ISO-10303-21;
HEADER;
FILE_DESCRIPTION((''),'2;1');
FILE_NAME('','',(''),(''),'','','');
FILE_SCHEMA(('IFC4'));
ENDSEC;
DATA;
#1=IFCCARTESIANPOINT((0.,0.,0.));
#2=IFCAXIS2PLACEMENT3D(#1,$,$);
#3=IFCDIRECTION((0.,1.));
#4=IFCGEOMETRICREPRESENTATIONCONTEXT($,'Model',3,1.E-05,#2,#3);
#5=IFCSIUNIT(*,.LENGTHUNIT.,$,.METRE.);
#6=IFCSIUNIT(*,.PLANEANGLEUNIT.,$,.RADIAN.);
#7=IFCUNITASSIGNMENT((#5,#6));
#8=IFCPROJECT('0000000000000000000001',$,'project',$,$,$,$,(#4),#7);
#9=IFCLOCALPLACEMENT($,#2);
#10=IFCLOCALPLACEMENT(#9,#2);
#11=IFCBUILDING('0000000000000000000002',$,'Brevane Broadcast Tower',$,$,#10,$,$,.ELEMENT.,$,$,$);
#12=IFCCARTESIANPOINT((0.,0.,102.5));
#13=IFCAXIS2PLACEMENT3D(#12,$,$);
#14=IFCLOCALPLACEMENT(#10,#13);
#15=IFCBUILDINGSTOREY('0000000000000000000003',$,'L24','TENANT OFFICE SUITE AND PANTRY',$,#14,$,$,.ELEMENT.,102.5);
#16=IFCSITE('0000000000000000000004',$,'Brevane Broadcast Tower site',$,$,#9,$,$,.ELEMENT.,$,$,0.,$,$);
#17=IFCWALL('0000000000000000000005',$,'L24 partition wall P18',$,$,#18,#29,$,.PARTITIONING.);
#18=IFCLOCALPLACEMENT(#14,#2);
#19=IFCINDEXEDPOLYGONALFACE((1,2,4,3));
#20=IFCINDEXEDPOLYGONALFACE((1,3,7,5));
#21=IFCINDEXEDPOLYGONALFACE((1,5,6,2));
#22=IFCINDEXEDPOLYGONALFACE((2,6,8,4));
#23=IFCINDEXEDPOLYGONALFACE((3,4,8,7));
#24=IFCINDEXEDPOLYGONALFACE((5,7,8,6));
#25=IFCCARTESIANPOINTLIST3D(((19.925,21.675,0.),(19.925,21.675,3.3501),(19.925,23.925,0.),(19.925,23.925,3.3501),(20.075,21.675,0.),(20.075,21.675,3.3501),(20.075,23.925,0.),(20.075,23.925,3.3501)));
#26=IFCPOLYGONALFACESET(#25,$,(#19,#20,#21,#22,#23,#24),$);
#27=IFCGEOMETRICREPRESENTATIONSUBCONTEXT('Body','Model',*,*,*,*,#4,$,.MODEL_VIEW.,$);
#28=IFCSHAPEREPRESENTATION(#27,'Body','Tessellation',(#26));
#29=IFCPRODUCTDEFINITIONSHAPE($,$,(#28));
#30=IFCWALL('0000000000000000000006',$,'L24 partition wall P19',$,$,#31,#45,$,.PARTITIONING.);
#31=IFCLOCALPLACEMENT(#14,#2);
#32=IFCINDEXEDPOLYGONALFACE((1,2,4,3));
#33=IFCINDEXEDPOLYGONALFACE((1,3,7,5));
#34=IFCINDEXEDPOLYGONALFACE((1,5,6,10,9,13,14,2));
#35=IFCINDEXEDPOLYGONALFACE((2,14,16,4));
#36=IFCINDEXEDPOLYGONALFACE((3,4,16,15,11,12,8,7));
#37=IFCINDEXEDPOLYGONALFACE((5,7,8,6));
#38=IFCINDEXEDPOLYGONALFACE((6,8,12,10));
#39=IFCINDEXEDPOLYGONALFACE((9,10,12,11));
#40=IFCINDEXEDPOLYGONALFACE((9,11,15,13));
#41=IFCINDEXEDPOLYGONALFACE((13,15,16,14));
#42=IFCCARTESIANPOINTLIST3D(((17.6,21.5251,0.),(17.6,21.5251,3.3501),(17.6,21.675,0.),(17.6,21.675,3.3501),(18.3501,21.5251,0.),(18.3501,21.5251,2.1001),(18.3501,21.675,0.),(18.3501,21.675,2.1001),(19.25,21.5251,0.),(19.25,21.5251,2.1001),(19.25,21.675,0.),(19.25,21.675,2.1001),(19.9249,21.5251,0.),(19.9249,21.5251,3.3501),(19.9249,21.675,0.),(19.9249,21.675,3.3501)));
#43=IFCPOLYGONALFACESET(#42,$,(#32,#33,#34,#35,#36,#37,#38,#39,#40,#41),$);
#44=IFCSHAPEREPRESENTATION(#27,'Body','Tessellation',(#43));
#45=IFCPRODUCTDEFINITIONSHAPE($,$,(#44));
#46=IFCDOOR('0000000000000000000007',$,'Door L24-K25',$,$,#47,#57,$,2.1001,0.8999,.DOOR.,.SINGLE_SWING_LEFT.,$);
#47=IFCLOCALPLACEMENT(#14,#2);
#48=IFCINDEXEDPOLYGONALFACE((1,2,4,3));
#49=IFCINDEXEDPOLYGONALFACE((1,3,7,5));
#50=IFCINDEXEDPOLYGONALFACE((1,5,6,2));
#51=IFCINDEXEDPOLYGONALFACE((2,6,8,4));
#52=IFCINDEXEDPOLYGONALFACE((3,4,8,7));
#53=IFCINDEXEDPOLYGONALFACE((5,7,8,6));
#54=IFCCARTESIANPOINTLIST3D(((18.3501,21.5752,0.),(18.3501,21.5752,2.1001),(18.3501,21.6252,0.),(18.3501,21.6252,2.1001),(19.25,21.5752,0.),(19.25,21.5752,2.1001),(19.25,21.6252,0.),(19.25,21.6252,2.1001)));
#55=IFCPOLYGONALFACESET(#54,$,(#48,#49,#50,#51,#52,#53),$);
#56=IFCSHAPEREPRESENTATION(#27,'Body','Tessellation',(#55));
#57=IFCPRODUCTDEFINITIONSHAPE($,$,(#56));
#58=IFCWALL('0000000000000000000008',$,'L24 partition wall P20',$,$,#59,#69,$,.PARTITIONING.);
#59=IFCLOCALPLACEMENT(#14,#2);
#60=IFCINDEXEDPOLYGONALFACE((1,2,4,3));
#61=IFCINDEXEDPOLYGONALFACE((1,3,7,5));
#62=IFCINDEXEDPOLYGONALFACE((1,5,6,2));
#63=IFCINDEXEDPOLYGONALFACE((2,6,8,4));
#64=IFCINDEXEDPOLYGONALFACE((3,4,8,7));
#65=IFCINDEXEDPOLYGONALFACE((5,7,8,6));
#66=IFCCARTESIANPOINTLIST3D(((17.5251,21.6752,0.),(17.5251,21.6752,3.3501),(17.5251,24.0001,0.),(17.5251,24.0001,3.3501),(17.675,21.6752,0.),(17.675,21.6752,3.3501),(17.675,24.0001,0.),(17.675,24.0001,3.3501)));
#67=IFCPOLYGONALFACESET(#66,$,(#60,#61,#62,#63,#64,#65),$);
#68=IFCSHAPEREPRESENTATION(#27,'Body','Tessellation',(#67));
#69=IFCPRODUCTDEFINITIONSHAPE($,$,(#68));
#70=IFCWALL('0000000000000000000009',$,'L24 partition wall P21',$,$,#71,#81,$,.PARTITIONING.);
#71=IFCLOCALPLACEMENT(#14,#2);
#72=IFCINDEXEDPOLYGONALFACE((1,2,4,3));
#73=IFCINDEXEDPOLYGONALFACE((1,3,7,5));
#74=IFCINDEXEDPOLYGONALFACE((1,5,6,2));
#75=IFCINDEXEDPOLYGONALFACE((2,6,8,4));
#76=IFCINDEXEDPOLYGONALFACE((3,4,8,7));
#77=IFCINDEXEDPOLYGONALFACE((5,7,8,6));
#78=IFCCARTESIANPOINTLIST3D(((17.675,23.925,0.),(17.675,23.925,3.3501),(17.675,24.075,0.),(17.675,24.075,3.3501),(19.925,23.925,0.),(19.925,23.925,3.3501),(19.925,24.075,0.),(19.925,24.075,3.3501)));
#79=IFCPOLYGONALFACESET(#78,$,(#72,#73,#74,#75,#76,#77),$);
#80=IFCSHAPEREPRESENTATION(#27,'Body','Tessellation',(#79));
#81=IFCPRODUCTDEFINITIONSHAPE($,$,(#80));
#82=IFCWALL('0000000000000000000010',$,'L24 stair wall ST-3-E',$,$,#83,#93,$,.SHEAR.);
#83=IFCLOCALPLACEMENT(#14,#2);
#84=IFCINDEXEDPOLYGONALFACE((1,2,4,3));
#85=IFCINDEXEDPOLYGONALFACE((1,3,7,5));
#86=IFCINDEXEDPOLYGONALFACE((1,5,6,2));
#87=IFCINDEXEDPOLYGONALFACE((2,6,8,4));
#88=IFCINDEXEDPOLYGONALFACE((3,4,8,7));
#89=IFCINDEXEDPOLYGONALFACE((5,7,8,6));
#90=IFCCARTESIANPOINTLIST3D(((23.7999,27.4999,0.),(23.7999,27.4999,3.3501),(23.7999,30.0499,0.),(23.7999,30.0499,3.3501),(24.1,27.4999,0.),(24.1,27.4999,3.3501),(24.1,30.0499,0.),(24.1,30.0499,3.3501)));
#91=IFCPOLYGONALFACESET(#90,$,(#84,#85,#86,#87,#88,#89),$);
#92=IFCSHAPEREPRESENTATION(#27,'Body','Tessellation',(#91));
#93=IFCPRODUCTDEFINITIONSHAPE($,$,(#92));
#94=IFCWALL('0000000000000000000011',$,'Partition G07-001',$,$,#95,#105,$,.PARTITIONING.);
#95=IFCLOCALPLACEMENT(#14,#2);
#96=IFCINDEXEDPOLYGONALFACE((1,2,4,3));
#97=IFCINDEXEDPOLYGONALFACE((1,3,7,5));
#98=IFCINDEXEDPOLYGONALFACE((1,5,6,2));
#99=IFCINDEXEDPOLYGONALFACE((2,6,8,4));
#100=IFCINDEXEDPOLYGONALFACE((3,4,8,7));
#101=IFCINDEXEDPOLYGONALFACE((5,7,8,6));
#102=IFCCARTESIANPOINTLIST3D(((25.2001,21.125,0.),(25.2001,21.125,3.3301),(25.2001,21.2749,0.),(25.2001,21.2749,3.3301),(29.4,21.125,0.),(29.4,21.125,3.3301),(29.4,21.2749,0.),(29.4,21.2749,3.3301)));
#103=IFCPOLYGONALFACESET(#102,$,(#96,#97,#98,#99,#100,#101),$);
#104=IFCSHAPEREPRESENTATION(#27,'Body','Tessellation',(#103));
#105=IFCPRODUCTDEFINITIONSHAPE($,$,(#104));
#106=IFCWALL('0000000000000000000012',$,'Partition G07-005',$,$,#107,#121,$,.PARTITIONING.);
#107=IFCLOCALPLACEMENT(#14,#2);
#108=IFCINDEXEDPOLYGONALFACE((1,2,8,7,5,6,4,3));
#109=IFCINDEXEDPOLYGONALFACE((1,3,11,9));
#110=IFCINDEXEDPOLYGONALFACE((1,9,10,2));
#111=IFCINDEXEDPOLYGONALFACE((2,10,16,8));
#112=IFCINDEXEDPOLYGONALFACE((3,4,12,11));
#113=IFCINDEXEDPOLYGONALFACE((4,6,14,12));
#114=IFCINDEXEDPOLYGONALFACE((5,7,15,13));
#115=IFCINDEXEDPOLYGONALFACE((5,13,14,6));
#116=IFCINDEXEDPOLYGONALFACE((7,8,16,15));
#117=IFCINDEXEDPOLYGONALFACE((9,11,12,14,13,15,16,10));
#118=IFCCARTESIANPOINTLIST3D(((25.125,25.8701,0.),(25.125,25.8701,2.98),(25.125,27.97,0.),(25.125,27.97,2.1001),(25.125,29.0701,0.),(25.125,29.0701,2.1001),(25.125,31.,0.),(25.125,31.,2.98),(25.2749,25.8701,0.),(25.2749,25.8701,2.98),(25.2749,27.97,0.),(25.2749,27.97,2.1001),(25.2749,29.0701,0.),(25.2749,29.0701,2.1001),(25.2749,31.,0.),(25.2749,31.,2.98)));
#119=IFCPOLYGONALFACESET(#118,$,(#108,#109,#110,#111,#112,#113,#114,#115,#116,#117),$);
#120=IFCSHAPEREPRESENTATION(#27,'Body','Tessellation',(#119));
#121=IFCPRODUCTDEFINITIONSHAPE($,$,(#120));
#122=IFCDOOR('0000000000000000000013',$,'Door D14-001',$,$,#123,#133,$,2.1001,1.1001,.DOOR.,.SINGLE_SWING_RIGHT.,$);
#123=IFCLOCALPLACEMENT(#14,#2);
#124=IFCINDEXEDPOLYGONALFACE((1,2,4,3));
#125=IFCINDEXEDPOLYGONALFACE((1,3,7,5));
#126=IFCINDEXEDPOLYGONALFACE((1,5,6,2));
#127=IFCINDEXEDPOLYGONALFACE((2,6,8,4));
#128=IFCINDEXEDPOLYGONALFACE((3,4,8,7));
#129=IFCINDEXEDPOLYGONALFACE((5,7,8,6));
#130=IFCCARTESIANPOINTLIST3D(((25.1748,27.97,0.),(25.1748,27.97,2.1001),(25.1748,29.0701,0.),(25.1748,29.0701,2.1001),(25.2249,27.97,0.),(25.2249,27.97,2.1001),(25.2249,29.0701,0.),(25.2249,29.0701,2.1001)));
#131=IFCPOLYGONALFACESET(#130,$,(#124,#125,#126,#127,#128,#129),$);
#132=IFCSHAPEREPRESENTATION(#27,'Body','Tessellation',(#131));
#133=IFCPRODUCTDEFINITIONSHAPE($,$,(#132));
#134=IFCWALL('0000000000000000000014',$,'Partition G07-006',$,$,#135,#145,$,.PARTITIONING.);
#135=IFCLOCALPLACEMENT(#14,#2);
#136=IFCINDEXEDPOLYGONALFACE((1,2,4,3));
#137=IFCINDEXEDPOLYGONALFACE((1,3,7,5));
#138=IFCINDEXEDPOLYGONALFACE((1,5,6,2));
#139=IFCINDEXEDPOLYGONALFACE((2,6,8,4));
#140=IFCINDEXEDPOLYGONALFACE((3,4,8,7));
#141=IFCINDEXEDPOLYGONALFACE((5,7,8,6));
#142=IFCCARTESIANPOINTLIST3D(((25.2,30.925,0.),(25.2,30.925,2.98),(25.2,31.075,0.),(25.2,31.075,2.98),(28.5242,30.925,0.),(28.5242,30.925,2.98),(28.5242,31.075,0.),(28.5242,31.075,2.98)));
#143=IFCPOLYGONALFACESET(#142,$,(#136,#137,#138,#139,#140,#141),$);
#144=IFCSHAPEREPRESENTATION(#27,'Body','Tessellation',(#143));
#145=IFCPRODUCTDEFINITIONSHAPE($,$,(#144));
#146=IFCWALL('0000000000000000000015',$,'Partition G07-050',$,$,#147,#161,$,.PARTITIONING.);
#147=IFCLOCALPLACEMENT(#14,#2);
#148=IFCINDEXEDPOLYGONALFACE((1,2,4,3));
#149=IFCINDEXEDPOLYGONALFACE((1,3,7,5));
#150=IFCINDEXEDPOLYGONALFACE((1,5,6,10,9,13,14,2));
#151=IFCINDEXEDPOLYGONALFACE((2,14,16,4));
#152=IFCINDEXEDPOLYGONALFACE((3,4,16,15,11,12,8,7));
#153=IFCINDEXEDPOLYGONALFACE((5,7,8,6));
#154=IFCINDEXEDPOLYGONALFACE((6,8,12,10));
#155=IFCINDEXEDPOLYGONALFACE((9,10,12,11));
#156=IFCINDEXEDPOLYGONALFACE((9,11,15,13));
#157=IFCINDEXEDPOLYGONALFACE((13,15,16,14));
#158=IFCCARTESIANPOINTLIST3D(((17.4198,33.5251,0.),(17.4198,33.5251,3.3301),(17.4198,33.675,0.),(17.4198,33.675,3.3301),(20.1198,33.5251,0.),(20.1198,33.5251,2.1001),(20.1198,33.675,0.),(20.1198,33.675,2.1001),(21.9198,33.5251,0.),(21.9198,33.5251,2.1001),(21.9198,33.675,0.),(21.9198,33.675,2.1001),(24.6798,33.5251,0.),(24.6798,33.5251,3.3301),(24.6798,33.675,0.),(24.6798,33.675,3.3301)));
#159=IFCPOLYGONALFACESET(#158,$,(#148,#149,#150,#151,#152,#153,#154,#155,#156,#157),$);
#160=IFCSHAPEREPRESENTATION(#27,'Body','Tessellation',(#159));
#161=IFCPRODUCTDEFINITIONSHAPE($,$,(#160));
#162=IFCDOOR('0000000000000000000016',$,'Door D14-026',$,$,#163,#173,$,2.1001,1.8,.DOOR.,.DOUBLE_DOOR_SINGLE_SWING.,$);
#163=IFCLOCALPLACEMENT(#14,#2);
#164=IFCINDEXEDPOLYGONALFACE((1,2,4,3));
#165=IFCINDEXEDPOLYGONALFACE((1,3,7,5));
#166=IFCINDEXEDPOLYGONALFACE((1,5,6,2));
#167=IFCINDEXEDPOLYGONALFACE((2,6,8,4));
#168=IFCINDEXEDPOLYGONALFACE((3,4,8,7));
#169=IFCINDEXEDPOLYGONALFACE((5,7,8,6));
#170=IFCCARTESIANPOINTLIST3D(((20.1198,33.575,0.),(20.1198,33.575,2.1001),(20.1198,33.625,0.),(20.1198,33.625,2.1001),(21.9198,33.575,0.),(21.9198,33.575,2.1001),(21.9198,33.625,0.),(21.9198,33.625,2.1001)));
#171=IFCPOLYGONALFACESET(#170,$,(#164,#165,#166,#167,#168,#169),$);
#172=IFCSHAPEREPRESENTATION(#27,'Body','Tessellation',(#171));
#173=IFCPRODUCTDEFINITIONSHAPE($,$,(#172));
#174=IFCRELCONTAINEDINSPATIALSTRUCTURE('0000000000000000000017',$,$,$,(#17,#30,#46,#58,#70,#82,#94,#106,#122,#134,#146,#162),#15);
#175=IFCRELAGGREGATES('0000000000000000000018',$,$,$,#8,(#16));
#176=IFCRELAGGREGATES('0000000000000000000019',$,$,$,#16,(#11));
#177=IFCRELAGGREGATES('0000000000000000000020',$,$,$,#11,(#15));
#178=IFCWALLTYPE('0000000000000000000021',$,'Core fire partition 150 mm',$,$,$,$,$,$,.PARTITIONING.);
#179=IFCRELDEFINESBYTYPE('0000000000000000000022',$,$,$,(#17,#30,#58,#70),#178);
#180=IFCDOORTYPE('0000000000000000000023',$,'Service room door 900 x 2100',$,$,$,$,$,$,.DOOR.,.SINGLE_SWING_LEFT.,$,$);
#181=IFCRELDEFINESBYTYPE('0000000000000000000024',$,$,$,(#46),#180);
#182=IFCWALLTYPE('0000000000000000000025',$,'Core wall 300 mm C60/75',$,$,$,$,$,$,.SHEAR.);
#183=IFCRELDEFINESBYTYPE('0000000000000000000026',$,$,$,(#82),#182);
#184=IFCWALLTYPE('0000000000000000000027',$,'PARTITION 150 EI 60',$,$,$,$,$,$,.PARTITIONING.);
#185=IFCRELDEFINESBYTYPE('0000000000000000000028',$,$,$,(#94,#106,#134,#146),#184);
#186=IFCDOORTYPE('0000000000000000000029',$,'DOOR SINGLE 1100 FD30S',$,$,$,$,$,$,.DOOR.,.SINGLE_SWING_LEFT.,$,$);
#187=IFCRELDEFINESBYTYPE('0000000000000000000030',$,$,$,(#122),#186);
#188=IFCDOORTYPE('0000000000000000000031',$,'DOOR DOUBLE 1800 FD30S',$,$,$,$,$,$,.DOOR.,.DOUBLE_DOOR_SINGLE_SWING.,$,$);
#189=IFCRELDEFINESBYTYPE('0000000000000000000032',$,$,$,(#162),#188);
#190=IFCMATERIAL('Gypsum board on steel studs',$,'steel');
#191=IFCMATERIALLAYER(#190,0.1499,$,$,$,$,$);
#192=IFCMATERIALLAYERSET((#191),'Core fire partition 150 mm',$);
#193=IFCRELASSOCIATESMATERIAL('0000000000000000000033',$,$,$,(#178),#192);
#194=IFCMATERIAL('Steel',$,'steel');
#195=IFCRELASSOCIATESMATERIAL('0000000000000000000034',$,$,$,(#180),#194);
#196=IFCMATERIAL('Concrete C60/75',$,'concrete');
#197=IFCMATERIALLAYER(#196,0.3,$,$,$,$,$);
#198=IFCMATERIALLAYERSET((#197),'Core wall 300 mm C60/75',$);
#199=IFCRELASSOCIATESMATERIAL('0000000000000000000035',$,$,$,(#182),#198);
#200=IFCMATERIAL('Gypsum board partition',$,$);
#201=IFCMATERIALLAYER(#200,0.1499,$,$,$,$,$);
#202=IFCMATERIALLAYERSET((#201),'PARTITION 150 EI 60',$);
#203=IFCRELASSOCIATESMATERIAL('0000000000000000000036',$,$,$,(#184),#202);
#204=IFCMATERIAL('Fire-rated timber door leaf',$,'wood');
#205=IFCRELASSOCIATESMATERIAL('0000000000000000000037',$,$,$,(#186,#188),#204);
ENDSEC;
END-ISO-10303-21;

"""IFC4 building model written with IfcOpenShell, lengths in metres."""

from ifc_helpers import new_model, si_unit, direction, frame, frame_2d, origin, place, context, subcontext, project, spatial, polyline, rectangle, outline, extrude, material, layer, layer_set, type_object, element, fill, save


model = new_model("IFC4")

# Units and contexts
model_context = context("Model", 3, precision=1e-05, world=origin(), true_north=direction((0.0, 1.0)))
body_context = subcontext(model_context, "Body", "Model", "MODEL_VIEW")
ifc_project = project(units=[si_unit("LENGTHUNIT", "METRE"), si_unit("PLANEANGLEUNIT", "RADIAN")], contexts=[model_context])

# Site, building, storey
site_placement = place(None, origin())
site = spatial("IfcSite", under=ifc_project, at=site_placement, Name="Brevane Broadcast Tower site", CompositionType="ELEMENT", RefElevation=0.0)
building_placement = place(site_placement, origin())
building = spatial("IfcBuilding", under=site, at=building_placement, Name="Brevane Broadcast Tower", CompositionType="ELEMENT")
storey_placement = place(building_placement, frame((0.0, 0.0, 102.5)))
storey = spatial("IfcBuildingStorey", under=building, at=storey_placement, Name="L24", Description="TENANT OFFICE SUITE AND PANTRY", CompositionType="ELEMENT", Elevation=102.5)

# Shared definitions
ifc_material_1 = material(Name="Concrete C60/75", Category="concrete")

# Shared definitions
ifc_material_2 = material(Name="Gypsum board on steel studs", Category="steel")
ifc_layer_1 = layer(ifc_material_2, 0.1499)
ifc_layer_set_1 = layer_set([ifc_layer_1], Name="Core fire partition 150 mm")
wall_type_1 = type_object("IfcWallType", Name="Core fire partition 150 mm", PredefinedType="PARTITIONING", material=ifc_layer_set_1)

# Wall
wall_1_placement = place(storey_placement, frame((20.0, 21.675, 0.0), z_axis=(0.0, 0.0, 1.0), x_axis=(0.0, 1.0, 0.0)))
element("IfcWall", 1, at=wall_1_placement, inside=storey, type_object=wall_type_1, Name="L24 partition wall P18", PredefinedType="PARTITIONING", context=body_context, shape_type="SweptSolid", body=[
    extrude(rectangle(XDim=2.25, YDim=0.1499, at=frame_2d((1.125, 0.0))), origin(), (0.0, 0.0, 1.0), 3.3501),
])

# Wall, opening, door
wall_2_placement = place(storey_placement, frame((19.925, 21.6001, 0.0), z_axis=(0.0, 0.0, 1.0), x_axis=(-1.0, 0.0, 0.0)))
wall_2 = element("IfcWall", 2, at=wall_2_placement, inside=storey, type_object=wall_type_1, Name="L24 partition wall P19", PredefinedType="PARTITIONING", context=body_context, shape_type="SweptSolid", body=[
    extrude(rectangle(XDim=2.325, YDim=0.1499, at=frame_2d((1.1626, 0.0))), origin(), (0.0, 0.0, 1.0), 3.3501),
])
opening_1_placement = place(wall_2_placement, frame((0.675, 0.0, 0.0)))
opening_1 = element("IfcOpeningElement", 3, at=opening_1_placement, cuts=wall_2, PredefinedType="OPENING", context=body_context, shape_type="SweptSolid", body=[
    extrude(rectangle(XDim=0.8999, YDim=2.1001, at=frame_2d((0.45, 1.05))), frame((0.0, 0.085, 0.0), z_axis=(0.0, -1.0, 0.0), x_axis=(1.0, 0.0, 0.0)), (0.0, 0.0, 1.0), 0.1699),
])
ifc_material_3 = material(Name="Steel", Category="steel")
door_type_1 = type_object("IfcDoorType", Name="Service room door 900 x 2100", OperationType="SINGLE_SWING_LEFT", PredefinedType="DOOR", material=ifc_material_3)
door_1_placement = place(opening_1_placement, origin())
door_1 = element("IfcDoor", 4, at=door_1_placement, inside=storey, type_object=door_type_1, Name="Door L24-K25", OperationType="SINGLE_SWING_LEFT", OverallHeight=2.1001, OverallWidth=0.8999, PredefinedType="DOOR", context=body_context, shape_type="SweptSolid", body=[
    extrude(rectangle(XDim=0.8999, YDim=2.1001, at=frame_2d((0.45, 1.05))), frame((0.0, 0.0249, 0.0), z_axis=(0.0, -1.0, 0.0), x_axis=(1.0, 0.0, 0.0)), (0.0, 0.0, 1.0), 0.05),
])
fill(opening_1, door_1)

# Walls
wall_3_placement = place(storey_placement, frame((17.6001, 21.675, 0.0), z_axis=(0.0, 0.0, 1.0), x_axis=(0.0, 1.0, 0.0)))
element("IfcWall", 5, at=wall_3_placement, inside=storey, type_object=wall_type_1, Name="L24 partition wall P20", PredefinedType="PARTITIONING", context=body_context, shape_type="SweptSolid", body=[
    extrude(rectangle(XDim=2.325, YDim=0.1499, at=frame_2d((1.1626, 0.0))), origin(), (0.0, 0.0, 1.0), 3.3501),
])
wall_4_placement = place(storey_placement, frame((17.675, 24.0, 0.0), z_axis=(0.0, 0.0, 1.0), x_axis=(1.0, 0.0, 0.0)))
element("IfcWall", 6, at=wall_4_placement, inside=storey, type_object=wall_type_1, Name="L24 partition wall P21", PredefinedType="PARTITIONING", context=body_context, shape_type="SweptSolid", body=[
    extrude(rectangle(XDim=2.25, YDim=0.1499, at=frame_2d((1.125, 0.0))), origin(), (0.0, 0.0, 1.0), 3.3501),
])
ifc_layer_2 = layer(ifc_material_1, 0.3)
ifc_layer_set_2 = layer_set([ifc_layer_2], Name="Core wall 300 mm C60/75")
wall_type_2 = type_object("IfcWallType", Name="Core wall 300 mm C60/75", PredefinedType="SHEAR", material=ifc_layer_set_2)
wall_5_placement = place(storey_placement, frame((23.95, 27.5, 0.0), z_axis=(0.0, 0.0, 1.0), x_axis=(0.0, 1.0, 0.0)))
element("IfcWall", 7, at=wall_5_placement, inside=storey, type_object=wall_type_2, Name="L24 stair wall ST-3-E", PredefinedType="SHEAR", context=body_context, shape_type="SweptSolid", body=[
    extrude(rectangle(XDim=2.55, YDim=0.3, at=frame_2d((1.2749, 0.0))), origin(), (0.0, 0.0, 1.0), 3.3501),
])
ifc_material_4 = material(Name="Gypsum board partition")
ifc_layer_3 = layer(ifc_material_4, 0.1499)
ifc_layer_set_3 = layer_set([ifc_layer_3], Name="PARTITION 150 EI 60")
wall_type_3 = type_object("IfcWallType", Name="PARTITION 150 EI 60", PredefinedType="PARTITIONING", material=ifc_layer_set_3)
wall_6_placement = place(storey_placement, frame((25.2, 21.2, 0.0), z_axis=(0.0, 0.0, 1.0), x_axis=(1.0, 0.0, 0.0)))
element("IfcWall", 8, at=wall_6_placement, inside=storey, type_object=wall_type_3, Name="Partition G07-001", PredefinedType="PARTITIONING", context=body_context, shape_type="SweptSolid", body=[
    extrude(rectangle(XDim=4.2, YDim=0.1499, at=frame_2d((2.1001, 0.0))), origin(), (0.0, 0.0, 1.0), 3.3301),
])

# Wall, opening, door
wall_7_placement = place(storey_placement, frame((25.2, 31.0, 0.0), z_axis=(0.0, 0.0, 1.0), x_axis=(0.0, -1.0, 0.0)))
wall_7 = element("IfcWall", 9, at=wall_7_placement, inside=storey, type_object=wall_type_3, Name="Partition G07-005", PredefinedType="PARTITIONING", context=body_context, shape_type="SweptSolid", body=[
    extrude(outline(polyline([(0.0, 0.0), (5.1299, 0.0), (5.1299, 2.98), (0.0, 2.98), (0.0, 0.0)])), frame((0.0, 0.075, 0.0), z_axis=(0.0, -1.0, 0.0), x_axis=(1.0, 0.0, 0.0)), (0.0, 0.0, 1.0), 0.1499),
])
opening_2_placement = place(wall_7_placement, frame((1.9299, 0.0, 0.0)))
opening_2 = element("IfcOpeningElement", 10, at=opening_2_placement, cuts=wall_7, PredefinedType="OPENING", context=body_context, shape_type="SweptSolid", body=[
    extrude(rectangle(XDim=1.1001, YDim=2.1001, at=frame_2d((0.55, 1.05))), frame((0.0, 0.085, 0.0), z_axis=(0.0, -1.0, 0.0), x_axis=(1.0, 0.0, 0.0)), (0.0, 0.0, 1.0), 0.1699),
])
ifc_material_5 = material(Name="Fire-rated timber door leaf", Category="wood")
door_type_2 = type_object("IfcDoorType", Name="DOOR SINGLE 1100 FD30S", OperationType="SINGLE_SWING_LEFT", PredefinedType="DOOR", material=ifc_material_5)
door_2_placement = place(opening_2_placement, origin())
door_2 = element("IfcDoor", 11, at=door_2_placement, inside=storey, type_object=door_type_2, Name="Door D14-001", OperationType="SINGLE_SWING_RIGHT", OverallHeight=2.1001, OverallWidth=1.1001, PredefinedType="DOOR", context=body_context, shape_type="SweptSolid", body=[
    extrude(rectangle(XDim=1.1001, YDim=2.1001, at=frame_2d((0.55, 1.05))), frame((0.0, 0.0249, 0.0), z_axis=(0.0, -1.0, 0.0), x_axis=(1.0, 0.0, 0.0)), (0.0, 0.0, 1.0), 0.05),
])
fill(opening_2, door_2)

# Wall
wall_8_placement = place(storey_placement, frame((25.2, 31.0, 0.0), z_axis=(0.0, 0.0, 1.0), x_axis=(1.0, 0.0, 0.0)))
element("IfcWall", 12, at=wall_8_placement, inside=storey, type_object=wall_type_3, Name="Partition G07-006", PredefinedType="PARTITIONING", context=body_context, shape_type="SweptSolid", body=[
    extrude(rectangle(XDim=3.3242, YDim=0.1499, at=frame_2d((1.6621, 0.0))), origin(), (0.0, 0.0, 1.0), 2.98),
])

# Wall, opening, door
wall_9_placement = place(storey_placement, frame((17.4199, 33.6001, 0.0), z_axis=(0.0, 0.0, 1.0), x_axis=(1.0, 0.0, 0.0)))
wall_9 = element("IfcWall", 13, at=wall_9_placement, inside=storey, type_object=wall_type_3, Name="Partition G07-050", PredefinedType="PARTITIONING", context=body_context, shape_type="SweptSolid", body=[
    extrude(rectangle(XDim=7.26, YDim=0.1499, at=frame_2d((3.6299, 0.0))), origin(), (0.0, 0.0, 1.0), 3.3301),
])
opening_3_placement = place(wall_9_placement, frame((2.7, 0.0, 0.0)))
opening_3 = element("IfcOpeningElement", 14, at=opening_3_placement, cuts=wall_9, PredefinedType="OPENING", context=body_context, shape_type="SweptSolid", body=[
    extrude(rectangle(XDim=1.8, YDim=2.1001, at=frame_2d((0.8999, 1.05))), frame((0.0, 0.085, 0.0), z_axis=(0.0, -1.0, 0.0), x_axis=(1.0, 0.0, 0.0)), (0.0, 0.0, 1.0), 0.1699),
])
door_type_3 = type_object("IfcDoorType", Name="DOOR DOUBLE 1800 FD30S", OperationType="DOUBLE_DOOR_SINGLE_SWING", PredefinedType="DOOR", material=ifc_material_5)
door_3_placement = place(opening_3_placement, origin())
door_3 = element("IfcDoor", 15, at=door_3_placement, inside=storey, type_object=door_type_3, Name="Door D14-026", OperationType="DOUBLE_DOOR_SINGLE_SWING", OverallHeight=2.1001, OverallWidth=1.8, PredefinedType="DOOR", context=body_context, shape_type="SweptSolid", body=[
    extrude(rectangle(XDim=1.8, YDim=2.1001, at=frame_2d((0.8999, 1.05))), frame((0.0, 0.0249, 0.0), z_axis=(0.0, -1.0, 0.0), x_axis=(1.0, 0.0, 0.0)), (0.0, 0.0, 1.0), 0.05),
])
fill(opening_3, door_3)

save(model, "model.ifc")
